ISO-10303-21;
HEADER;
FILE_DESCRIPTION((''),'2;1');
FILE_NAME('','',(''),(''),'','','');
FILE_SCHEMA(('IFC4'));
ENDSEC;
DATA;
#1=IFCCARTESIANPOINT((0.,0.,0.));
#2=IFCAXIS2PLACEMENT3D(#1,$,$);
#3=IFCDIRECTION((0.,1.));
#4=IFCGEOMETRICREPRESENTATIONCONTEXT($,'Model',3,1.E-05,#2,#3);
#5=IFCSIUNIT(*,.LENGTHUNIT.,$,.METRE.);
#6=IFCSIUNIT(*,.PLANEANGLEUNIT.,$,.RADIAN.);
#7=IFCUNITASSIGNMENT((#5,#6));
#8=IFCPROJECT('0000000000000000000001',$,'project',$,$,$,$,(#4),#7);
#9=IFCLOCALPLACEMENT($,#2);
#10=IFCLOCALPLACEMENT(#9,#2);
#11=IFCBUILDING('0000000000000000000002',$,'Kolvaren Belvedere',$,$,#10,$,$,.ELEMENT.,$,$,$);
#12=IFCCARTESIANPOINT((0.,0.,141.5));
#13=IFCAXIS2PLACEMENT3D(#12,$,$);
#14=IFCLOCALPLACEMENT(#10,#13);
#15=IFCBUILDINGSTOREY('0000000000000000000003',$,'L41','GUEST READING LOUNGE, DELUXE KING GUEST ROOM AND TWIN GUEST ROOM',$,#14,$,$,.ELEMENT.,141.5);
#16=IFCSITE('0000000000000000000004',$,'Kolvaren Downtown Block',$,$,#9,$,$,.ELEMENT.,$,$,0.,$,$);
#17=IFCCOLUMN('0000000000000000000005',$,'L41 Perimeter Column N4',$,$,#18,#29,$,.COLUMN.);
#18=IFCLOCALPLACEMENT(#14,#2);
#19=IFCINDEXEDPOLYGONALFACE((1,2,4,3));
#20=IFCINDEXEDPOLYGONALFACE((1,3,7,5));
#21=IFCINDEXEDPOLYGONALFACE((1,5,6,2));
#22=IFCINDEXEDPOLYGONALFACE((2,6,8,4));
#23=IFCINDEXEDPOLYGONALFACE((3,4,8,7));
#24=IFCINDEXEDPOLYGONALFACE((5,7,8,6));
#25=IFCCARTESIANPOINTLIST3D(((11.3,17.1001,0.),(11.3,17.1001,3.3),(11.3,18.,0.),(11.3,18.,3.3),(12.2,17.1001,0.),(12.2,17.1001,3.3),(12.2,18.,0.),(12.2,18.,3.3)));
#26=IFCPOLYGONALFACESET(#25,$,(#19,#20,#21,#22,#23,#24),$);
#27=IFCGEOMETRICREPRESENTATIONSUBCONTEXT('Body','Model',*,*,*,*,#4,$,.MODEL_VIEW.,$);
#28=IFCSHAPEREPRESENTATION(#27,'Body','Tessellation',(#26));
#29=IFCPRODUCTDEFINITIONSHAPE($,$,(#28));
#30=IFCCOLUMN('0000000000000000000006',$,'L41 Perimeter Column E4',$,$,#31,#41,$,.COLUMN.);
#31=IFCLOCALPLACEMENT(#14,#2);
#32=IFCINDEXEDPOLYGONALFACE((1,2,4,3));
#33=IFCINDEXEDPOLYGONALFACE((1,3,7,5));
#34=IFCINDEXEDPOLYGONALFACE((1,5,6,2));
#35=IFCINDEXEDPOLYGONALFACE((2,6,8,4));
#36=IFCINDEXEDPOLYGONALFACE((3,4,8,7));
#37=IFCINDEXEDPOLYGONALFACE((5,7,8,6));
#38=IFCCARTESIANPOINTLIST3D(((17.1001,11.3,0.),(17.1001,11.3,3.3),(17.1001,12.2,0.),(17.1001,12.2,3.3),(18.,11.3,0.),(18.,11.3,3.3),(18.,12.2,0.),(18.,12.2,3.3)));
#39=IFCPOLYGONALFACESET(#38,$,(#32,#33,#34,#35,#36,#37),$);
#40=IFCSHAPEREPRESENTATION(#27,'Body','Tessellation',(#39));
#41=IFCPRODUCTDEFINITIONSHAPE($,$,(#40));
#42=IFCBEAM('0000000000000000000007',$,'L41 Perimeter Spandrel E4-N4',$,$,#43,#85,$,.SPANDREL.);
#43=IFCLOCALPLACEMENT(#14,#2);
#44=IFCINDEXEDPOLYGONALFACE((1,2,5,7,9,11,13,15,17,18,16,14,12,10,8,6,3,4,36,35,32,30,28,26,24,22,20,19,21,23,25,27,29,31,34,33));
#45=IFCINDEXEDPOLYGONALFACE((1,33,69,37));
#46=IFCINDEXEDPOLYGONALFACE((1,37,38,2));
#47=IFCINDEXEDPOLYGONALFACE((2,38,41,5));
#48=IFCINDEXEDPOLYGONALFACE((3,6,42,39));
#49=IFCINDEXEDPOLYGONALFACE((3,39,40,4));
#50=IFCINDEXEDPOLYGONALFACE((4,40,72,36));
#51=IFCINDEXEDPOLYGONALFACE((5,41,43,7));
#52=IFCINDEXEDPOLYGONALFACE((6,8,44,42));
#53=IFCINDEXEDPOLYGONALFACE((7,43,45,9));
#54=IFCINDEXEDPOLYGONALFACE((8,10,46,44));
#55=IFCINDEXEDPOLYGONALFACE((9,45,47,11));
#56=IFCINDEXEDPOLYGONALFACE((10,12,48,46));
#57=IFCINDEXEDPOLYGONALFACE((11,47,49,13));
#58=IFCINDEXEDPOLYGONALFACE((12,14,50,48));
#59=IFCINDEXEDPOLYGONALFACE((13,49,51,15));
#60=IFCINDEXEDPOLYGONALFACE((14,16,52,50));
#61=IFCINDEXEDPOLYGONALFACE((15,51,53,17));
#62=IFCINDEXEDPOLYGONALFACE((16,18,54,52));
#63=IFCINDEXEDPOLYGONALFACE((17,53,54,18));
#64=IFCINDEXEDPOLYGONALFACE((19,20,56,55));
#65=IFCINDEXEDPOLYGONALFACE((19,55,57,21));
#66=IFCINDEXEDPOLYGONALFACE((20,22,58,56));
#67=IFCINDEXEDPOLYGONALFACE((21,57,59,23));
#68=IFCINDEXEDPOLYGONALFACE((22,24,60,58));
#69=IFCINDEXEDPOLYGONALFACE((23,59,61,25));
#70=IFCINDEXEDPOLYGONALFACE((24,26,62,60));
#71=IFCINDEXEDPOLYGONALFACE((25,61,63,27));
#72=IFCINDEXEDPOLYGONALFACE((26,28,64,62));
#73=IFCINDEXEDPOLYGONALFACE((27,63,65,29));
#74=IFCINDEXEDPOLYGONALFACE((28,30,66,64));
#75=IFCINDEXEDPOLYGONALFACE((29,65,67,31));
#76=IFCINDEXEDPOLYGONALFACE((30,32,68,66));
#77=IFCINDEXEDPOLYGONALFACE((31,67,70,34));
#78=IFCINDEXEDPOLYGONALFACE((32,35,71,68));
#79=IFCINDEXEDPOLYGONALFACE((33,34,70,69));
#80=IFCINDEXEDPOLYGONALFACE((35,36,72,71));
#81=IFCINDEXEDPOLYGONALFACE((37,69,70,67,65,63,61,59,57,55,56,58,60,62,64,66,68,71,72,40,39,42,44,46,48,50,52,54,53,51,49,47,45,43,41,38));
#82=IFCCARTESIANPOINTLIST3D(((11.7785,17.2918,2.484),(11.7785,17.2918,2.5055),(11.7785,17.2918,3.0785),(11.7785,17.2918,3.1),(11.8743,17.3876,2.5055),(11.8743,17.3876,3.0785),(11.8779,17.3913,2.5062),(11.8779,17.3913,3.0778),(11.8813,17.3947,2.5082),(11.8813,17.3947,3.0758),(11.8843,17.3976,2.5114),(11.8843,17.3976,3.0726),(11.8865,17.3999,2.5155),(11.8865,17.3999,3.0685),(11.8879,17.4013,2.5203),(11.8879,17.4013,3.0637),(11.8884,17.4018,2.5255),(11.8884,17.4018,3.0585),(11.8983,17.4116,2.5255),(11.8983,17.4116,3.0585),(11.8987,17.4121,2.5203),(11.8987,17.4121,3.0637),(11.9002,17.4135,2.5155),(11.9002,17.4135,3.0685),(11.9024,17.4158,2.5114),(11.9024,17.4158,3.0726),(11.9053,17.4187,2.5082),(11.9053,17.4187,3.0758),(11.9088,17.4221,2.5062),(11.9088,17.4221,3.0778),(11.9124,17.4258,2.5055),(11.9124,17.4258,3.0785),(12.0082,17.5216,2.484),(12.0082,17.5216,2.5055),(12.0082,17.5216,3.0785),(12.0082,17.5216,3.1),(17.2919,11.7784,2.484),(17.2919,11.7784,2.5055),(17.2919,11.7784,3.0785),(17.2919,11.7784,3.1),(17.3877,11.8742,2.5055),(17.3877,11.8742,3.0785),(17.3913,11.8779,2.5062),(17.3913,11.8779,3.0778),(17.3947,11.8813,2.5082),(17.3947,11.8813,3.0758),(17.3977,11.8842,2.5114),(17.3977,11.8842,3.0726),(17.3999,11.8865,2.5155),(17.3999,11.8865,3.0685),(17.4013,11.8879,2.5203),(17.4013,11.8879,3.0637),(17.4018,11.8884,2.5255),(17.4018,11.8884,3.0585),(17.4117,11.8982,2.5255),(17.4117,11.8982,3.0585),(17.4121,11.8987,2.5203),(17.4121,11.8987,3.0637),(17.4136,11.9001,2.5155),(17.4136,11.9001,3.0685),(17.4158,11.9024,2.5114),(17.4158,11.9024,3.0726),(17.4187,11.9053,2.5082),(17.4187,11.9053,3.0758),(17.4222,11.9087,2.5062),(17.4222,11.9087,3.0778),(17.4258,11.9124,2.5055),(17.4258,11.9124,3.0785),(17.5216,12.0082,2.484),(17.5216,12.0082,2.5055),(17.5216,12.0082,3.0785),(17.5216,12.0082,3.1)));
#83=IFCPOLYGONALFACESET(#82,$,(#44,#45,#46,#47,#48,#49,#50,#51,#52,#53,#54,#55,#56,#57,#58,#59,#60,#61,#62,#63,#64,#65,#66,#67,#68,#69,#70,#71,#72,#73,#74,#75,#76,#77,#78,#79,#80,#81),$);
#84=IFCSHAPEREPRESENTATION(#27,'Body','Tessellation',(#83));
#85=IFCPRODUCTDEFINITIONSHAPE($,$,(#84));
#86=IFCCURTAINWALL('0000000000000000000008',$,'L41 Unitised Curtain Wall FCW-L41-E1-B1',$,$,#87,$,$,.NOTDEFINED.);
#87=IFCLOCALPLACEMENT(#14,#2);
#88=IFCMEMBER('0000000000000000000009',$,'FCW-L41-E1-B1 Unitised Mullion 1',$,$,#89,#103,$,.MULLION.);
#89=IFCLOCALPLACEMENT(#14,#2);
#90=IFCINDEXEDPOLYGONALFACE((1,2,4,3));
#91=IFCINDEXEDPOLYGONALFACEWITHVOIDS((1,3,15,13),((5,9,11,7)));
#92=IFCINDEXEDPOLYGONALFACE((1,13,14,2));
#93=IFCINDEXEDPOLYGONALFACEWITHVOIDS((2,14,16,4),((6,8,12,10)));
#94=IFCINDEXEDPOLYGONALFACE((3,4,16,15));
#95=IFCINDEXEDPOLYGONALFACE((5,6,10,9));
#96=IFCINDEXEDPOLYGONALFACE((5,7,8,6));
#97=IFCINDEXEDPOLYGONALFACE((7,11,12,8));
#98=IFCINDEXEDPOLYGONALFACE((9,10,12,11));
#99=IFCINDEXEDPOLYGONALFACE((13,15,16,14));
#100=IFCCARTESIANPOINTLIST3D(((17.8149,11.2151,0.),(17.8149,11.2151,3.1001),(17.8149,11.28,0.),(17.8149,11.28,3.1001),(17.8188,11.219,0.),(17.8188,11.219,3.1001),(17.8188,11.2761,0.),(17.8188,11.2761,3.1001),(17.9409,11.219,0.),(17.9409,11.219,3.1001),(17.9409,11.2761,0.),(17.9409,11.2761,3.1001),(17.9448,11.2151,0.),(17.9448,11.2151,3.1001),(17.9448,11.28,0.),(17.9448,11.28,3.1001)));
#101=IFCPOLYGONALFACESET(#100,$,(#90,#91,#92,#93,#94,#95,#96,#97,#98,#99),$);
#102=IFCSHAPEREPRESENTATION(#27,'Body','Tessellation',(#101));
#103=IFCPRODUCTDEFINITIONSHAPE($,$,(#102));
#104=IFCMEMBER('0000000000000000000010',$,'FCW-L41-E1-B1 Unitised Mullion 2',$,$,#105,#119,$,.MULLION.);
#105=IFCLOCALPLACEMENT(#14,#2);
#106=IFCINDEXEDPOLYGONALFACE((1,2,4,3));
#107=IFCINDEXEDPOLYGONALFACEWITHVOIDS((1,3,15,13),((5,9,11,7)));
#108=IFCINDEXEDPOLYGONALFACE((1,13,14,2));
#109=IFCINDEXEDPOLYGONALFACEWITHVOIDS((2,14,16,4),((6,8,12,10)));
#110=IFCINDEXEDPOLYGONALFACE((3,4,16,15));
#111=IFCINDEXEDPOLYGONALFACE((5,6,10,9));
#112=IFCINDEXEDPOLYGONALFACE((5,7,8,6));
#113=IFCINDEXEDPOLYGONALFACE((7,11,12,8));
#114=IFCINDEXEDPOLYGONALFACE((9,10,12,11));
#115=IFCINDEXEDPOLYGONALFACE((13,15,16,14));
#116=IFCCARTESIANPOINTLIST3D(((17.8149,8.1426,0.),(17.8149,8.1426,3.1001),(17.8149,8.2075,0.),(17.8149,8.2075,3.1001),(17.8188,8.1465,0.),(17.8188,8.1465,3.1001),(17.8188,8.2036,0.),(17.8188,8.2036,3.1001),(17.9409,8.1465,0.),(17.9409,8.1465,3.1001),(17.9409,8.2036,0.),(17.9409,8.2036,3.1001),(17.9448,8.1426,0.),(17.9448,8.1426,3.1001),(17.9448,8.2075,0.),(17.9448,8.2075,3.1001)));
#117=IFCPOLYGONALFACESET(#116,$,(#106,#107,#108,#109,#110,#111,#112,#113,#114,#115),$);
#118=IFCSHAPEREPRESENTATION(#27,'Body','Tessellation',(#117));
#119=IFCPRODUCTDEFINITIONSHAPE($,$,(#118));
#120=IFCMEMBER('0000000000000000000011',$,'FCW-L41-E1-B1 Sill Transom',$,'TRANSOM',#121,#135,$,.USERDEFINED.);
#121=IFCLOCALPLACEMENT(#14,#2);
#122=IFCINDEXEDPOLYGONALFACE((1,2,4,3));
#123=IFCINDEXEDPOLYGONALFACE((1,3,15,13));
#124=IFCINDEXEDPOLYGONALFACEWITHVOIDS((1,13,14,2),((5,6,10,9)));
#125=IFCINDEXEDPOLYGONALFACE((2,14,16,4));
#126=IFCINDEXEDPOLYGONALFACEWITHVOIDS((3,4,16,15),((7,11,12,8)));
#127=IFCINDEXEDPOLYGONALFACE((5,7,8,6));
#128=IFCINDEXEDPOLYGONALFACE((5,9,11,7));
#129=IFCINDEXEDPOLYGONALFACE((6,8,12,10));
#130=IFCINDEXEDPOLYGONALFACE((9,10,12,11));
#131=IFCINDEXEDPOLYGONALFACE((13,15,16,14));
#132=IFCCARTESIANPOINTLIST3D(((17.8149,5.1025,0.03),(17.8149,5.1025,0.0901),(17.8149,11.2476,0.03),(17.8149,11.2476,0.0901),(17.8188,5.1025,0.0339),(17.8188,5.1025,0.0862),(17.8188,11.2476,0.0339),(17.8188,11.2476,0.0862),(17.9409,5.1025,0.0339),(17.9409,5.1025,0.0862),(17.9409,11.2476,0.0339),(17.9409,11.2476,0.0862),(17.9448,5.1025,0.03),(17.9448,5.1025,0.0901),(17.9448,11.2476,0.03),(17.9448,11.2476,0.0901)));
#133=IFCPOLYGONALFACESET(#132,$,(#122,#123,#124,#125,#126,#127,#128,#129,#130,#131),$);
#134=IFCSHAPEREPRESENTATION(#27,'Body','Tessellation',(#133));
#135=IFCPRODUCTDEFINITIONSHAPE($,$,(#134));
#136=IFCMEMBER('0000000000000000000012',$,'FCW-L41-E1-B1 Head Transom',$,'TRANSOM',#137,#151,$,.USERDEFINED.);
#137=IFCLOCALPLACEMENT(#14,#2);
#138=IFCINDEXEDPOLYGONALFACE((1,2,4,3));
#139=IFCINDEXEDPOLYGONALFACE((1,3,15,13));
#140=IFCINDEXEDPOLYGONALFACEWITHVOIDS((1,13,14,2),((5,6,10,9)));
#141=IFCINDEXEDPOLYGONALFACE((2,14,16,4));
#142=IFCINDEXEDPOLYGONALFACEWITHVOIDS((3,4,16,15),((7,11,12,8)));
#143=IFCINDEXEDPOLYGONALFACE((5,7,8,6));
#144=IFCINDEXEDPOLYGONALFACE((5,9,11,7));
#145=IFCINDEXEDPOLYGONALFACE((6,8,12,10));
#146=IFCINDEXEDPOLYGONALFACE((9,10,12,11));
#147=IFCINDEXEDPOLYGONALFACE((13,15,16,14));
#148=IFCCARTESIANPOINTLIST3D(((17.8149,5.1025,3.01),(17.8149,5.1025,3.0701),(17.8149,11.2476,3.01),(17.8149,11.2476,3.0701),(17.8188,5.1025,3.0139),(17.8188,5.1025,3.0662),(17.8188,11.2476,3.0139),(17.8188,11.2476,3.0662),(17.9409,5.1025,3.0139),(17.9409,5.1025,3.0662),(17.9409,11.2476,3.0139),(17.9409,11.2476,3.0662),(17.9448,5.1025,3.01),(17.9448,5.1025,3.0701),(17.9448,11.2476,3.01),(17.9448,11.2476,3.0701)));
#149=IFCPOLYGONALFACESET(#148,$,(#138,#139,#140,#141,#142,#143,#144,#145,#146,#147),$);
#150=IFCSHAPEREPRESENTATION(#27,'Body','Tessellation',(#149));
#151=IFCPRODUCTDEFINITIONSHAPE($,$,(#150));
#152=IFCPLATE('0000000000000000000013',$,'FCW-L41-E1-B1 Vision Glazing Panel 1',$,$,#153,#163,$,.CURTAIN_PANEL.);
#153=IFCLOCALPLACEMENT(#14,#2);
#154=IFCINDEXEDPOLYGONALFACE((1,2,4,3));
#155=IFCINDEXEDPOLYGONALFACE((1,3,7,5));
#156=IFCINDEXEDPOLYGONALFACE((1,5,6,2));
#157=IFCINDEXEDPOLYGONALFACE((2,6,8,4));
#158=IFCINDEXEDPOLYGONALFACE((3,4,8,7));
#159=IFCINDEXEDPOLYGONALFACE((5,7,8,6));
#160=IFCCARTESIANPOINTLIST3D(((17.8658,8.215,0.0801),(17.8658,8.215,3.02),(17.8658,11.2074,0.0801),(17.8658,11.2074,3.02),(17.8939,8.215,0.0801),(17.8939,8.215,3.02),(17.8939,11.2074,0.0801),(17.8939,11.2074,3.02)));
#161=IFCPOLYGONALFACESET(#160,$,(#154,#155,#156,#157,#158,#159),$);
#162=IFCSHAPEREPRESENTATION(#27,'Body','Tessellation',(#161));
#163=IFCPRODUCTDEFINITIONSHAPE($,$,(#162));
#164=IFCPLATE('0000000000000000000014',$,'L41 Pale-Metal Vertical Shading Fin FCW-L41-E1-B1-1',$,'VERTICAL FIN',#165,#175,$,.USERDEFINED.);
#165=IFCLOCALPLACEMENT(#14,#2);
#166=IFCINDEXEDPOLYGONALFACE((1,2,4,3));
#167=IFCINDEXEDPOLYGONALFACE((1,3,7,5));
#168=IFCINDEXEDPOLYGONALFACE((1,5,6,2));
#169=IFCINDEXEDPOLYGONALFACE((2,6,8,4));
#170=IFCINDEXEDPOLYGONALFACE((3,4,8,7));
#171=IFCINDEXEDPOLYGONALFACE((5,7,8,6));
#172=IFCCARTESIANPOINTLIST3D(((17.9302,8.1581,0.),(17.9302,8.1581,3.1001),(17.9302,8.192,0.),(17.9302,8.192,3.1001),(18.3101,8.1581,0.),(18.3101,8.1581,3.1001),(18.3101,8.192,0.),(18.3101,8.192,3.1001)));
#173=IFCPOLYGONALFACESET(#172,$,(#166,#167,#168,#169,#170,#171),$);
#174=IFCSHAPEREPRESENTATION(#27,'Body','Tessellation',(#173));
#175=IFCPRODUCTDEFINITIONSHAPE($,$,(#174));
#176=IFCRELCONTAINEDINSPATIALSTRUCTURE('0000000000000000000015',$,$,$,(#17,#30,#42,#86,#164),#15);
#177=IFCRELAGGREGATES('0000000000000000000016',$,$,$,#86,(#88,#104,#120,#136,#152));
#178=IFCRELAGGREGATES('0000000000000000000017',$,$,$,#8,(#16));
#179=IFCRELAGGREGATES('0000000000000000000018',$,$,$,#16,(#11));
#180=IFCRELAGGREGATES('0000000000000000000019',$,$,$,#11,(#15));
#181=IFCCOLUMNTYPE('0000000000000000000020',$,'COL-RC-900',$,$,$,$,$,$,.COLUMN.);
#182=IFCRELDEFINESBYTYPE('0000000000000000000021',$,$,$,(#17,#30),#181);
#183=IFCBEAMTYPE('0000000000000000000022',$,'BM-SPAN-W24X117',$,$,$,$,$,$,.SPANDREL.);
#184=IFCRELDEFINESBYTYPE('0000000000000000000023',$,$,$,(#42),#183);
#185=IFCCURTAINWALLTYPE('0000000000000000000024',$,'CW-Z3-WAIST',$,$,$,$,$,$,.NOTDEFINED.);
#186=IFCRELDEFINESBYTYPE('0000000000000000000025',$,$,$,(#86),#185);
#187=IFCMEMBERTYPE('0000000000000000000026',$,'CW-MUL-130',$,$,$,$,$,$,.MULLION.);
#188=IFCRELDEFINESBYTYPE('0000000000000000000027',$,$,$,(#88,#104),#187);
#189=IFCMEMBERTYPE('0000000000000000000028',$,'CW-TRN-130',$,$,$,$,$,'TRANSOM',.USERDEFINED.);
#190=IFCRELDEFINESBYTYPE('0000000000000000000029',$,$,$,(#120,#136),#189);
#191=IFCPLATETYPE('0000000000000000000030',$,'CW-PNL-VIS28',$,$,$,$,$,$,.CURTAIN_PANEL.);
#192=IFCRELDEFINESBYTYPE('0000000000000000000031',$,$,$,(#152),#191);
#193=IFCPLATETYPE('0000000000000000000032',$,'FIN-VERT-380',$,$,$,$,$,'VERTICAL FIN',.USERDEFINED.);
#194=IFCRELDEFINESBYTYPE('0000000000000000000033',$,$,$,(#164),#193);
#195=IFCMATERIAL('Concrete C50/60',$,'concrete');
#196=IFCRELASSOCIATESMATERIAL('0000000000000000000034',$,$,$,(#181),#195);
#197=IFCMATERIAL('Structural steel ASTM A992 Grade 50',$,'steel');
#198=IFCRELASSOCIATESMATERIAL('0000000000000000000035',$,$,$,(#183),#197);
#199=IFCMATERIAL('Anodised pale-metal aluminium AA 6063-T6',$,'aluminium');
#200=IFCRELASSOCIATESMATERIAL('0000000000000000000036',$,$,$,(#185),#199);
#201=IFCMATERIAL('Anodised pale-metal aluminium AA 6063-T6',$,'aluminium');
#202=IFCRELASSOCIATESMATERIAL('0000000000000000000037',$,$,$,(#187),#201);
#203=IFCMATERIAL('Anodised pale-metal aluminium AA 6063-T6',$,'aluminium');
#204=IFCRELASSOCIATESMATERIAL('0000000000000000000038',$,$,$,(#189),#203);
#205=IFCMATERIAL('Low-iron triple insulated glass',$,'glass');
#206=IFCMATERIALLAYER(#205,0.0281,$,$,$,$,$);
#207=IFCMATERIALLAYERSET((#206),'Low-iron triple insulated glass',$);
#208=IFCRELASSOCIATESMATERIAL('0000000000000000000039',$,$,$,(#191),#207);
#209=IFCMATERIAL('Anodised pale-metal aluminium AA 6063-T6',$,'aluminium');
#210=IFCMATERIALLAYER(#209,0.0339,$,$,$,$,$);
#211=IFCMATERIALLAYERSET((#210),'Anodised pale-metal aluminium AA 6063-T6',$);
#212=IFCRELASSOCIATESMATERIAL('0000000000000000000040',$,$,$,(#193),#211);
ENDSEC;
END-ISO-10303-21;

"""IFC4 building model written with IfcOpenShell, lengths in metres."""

from ifc_helpers import new_model, si_unit, direction, frame, origin, origin_2d, place, context, subcontext, project, spatial, rectangle, hollow_rectangle, i_section, extrude, material, layer, layer_set, material_profile, profile_set, type_object, element, aggregate, save


model = new_model("IFC4")

# Units and contexts
model_context = context("Model", 3, precision=1e-05, world=origin(), true_north=direction((0.0, 1.0)))
body_context = subcontext(model_context, "Body", "Model", "MODEL_VIEW")
ifc_project = project(units=[si_unit("LENGTHUNIT", "METRE"), si_unit("PLANEANGLEUNIT", "RADIAN")], contexts=[model_context])

# Site, building, storey
site_placement = place(None, origin())
site = spatial("IfcSite", under=ifc_project, at=site_placement, Name="Kolvaren Downtown Block", CompositionType="ELEMENT", RefElevation=0.0)
building_placement = place(site_placement, origin())
building = spatial("IfcBuilding", under=site, at=building_placement, Name="Kolvaren Belvedere", CompositionType="ELEMENT")
storey_placement = place(building_placement, frame((0.0, 0.0, 141.5)))
storey = spatial("IfcBuildingStorey", under=building, at=storey_placement, Name="L41", Description="GUEST READING LOUNGE, DELUXE KING GUEST ROOM AND TWIN GUEST ROOM", CompositionType="ELEMENT", Elevation=141.5)

# Columns
ifc_material_1 = material(Name="Concrete C50/60", Category="concrete")
ifc_material_profile_1 = material_profile(ifc_material_1, rectangle(XDim=0.8999, YDim=0.8999, at=origin_2d()), Name="RC 900X900")
ifc_profile_set_1 = profile_set([ifc_material_profile_1], Name="Concrete C50/60")
column_type = type_object("IfcColumnType", Name="COL-RC-900", PredefinedType="COLUMN", material=ifc_profile_set_1)
for number, where, z_axis, x_axis, name in (
    (1, (11.75, 17.55, 0.0), (0.0, 0.0, 1.0), (1.0, 0.0, 0.0), "L41 Perimeter Column N4"),
    (2, (17.55, 11.75, 0.0), (0.0, 0.0, 1.0), (1.0, 0.0, 0.0), "L41 Perimeter Column E4"),
):
    element("IfcColumn", number, at=place(storey_placement, frame(where, z_axis=z_axis, x_axis=x_axis)), inside=storey, type_object=column_type, Name=name, PredefinedType="COLUMN", context=body_context, shape_type="SweptSolid", body=[
        extrude(rectangle(XDim=0.8999, YDim=0.8999, at=origin_2d()), origin(), (0.0, 0.0, 1.0), 3.3),
    ])

# Beam
ifc_material_2 = material(Name="Structural steel ASTM A992 Grade 50", Category="steel")
ifc_material_profile_2 = material_profile(ifc_material_2, i_section(OverallWidth=0.325, OverallDepth=0.616, WebThickness=0.0139, FlangeThickness=0.0215, FilletRadius=0.02, at=origin_2d()), Name="W24X117")
ifc_profile_set_2 = profile_set([ifc_material_profile_2], Name="Structural steel ASTM A992 Grade 50")
beam_type = type_object("IfcBeamType", Name="BM-SPAN-W24X117", PredefinedType="SPANDREL", material=ifc_profile_set_2)
beam_placement = place(storey_placement, frame((17.4067, 11.8933, 2.792), z_axis=(-0.707107, 0.707107, 0.0), x_axis=(-0.707107, -0.707107, 0.0)))
element("IfcBeam", 3, at=beam_placement, inside=storey, type_object=beam_type, Name="L41 Perimeter Spandrel E4-N4", PredefinedType="SPANDREL", context=body_context, shape_type="SweptSolid", body=[
    extrude(i_section(OverallWidth=0.325, OverallDepth=0.616, WebThickness=0.0139, FlangeThickness=0.0215, FilletRadius=0.02, at=origin_2d()), origin(), (0.0, 0.0, 1.0), 7.7971),
])

# Curtain wall, members, plate
ifc_material_3 = material(Name="Anodised pale-metal aluminium AA 6063-T6", Category="aluminium")
curtain_wall_type = type_object("IfcCurtainWallType", Name="CW-Z3-WAIST", PredefinedType="NOTDEFINED", material=ifc_material_3)
curtain_wall_placement = place(storey_placement, origin())
curtain_wall = element("IfcCurtainWall", 4, at=curtain_wall_placement, inside=storey, type_object=curtain_wall_type, Name="L41 Unitised Curtain Wall FCW-L41-E1-B1", PredefinedType="NOTDEFINED")
ifc_material_4 = material(Name="Anodised pale-metal aluminium AA 6063-T6", Category="aluminium")
ifc_material_profile_3 = material_profile(ifc_material_4, hollow_rectangle(XDim=0.0649, YDim=0.1299, WallThickness=0.0039, at=origin_2d()), Name="ALU-MUL-130X65")
ifc_profile_set_3 = profile_set([ifc_material_profile_3], Name="Anodised pale-metal aluminium AA 6063-T6")
member_type_1 = type_object("IfcMemberType", Name="CW-MUL-130", PredefinedType="MULLION", material=ifc_profile_set_3)
member_1_placement = place(storey_placement, frame((17.8799, 11.2476, 0.0), z_axis=(0.0, 0.0, 1.0), x_axis=(0.0, 1.0, 0.0)))
member_1 = element("IfcMember", 5, at=member_1_placement, type_object=member_type_1, Name="FCW-L41-E1-B1 Unitised Mullion 1", PredefinedType="MULLION", context=body_context, shape_type="SweptSolid", body=[
    extrude(hollow_rectangle(XDim=0.0649, YDim=0.1299, WallThickness=0.0039, at=origin_2d()), origin(), (0.0, 0.0, 1.0), 3.1001),
])
member_2_placement = place(storey_placement, frame((17.8799, 8.175, 0.0), z_axis=(0.0, 0.0, 1.0), x_axis=(0.0, 1.0, 0.0)))
member_2 = element("IfcMember", 6, at=member_2_placement, type_object=member_type_1, Name="FCW-L41-E1-B1 Unitised Mullion 2", PredefinedType="MULLION", context=body_context, shape_type="SweptSolid", body=[
    extrude(hollow_rectangle(XDim=0.0649, YDim=0.1299, WallThickness=0.0039, at=origin_2d()), origin(), (0.0, 0.0, 1.0), 3.1001),
])
ifc_material_5 = material(Name="Anodised pale-metal aluminium AA 6063-T6", Category="aluminium")
ifc_material_profile_4 = material_profile(ifc_material_5, hollow_rectangle(XDim=0.0601, YDim=0.1299, WallThickness=0.0039, at=origin_2d()), Name="ALU-TRN-130X60")
ifc_profile_set_4 = profile_set([ifc_material_profile_4], Name="Anodised pale-metal aluminium AA 6063-T6")
member_type_2 = type_object("IfcMemberType", Name="CW-TRN-130", ElementType="TRANSOM", PredefinedType="USERDEFINED", material=ifc_profile_set_4)
member_3_placement = place(storey_placement, frame((17.8799, 11.2476, 0.0601), z_axis=(0.0, -1.0, 0.0), x_axis=(0.0, 0.0, 1.0)))
member_3 = element("IfcMember", 7, at=member_3_placement, type_object=member_type_2, Name="FCW-L41-E1-B1 Sill Transom", ObjectType="TRANSOM", PredefinedType="USERDEFINED", context=body_context, shape_type="SweptSolid", body=[
    extrude(hollow_rectangle(XDim=0.0601, YDim=0.1299, WallThickness=0.0039, at=origin_2d()), origin(), (0.0, 0.0, 1.0), 6.145),
])
member_4_placement = place(storey_placement, frame((17.8799, 11.2476, 3.04), z_axis=(0.0, -1.0, 0.0), x_axis=(0.0, 0.0, 1.0)))
member_4 = element("IfcMember", 8, at=member_4_placement, type_object=member_type_2, Name="FCW-L41-E1-B1 Head Transom", ObjectType="TRANSOM", PredefinedType="USERDEFINED", context=body_context, shape_type="SweptSolid", body=[
    extrude(hollow_rectangle(XDim=0.0601, YDim=0.1299, WallThickness=0.0039, at=origin_2d()), origin(), (0.0, 0.0, 1.0), 6.145),
])
ifc_material_6 = material(Name="Low-iron triple insulated glass", Category="glass")
ifc_layer_1 = layer(ifc_material_6, 0.0281)
ifc_layer_set_1 = layer_set([ifc_layer_1], Name="Low-iron triple insulated glass")
plate_type_1 = type_object("IfcPlateType", Name="CW-PNL-VIS28", PredefinedType="CURTAIN_PANEL", material=ifc_layer_set_1)
plate_1_placement = place(storey_placement, frame((17.8799, 9.7112, 0.0801), z_axis=(0.0, 0.0, 1.0), x_axis=(0.0, -1.0, 0.0)))
plate_1 = element("IfcPlate", 9, at=plate_1_placement, type_object=plate_type_1, Name="FCW-L41-E1-B1 Vision Glazing Panel 1", PredefinedType="CURTAIN_PANEL", context=body_context, shape_type="SweptSolid", body=[
    extrude(rectangle(XDim=2.9924, YDim=0.0281, at=origin_2d()), origin(), (0.0, 0.0, 1.0), 2.9399),
])
aggregate(curtain_wall, [member_1, member_2, member_3, member_4, plate_1])

# Plate
ifc_material_7 = material(Name="Anodised pale-metal aluminium AA 6063-T6", Category="aluminium")
ifc_layer_2 = layer(ifc_material_7, 0.0339)
ifc_layer_set_2 = layer_set([ifc_layer_2], Name="Anodised pale-metal aluminium AA 6063-T6")
plate_type_2 = type_object("IfcPlateType", Name="FIN-VERT-380", ElementType="VERTICAL FIN", PredefinedType="USERDEFINED", material=ifc_layer_set_2)
plate_2_placement = place(storey_placement, frame((18.1201, 8.175, 0.0), z_axis=(0.0, 0.0, 1.0), x_axis=(1.0, 0.0, 0.0)))
element("IfcPlate", 10, at=plate_2_placement, inside=storey, type_object=plate_type_2, Name="L41 Pale-Metal Vertical Shading Fin FCW-L41-E1-B1-1", ObjectType="VERTICAL FIN", PredefinedType="USERDEFINED", context=body_context, shape_type="SweptSolid", body=[
    extrude(rectangle(XDim=0.3799, YDim=0.0339, at=origin_2d()), origin(), (0.0, 0.0, 1.0), 3.1001),
])

save(model, "model.ifc")
